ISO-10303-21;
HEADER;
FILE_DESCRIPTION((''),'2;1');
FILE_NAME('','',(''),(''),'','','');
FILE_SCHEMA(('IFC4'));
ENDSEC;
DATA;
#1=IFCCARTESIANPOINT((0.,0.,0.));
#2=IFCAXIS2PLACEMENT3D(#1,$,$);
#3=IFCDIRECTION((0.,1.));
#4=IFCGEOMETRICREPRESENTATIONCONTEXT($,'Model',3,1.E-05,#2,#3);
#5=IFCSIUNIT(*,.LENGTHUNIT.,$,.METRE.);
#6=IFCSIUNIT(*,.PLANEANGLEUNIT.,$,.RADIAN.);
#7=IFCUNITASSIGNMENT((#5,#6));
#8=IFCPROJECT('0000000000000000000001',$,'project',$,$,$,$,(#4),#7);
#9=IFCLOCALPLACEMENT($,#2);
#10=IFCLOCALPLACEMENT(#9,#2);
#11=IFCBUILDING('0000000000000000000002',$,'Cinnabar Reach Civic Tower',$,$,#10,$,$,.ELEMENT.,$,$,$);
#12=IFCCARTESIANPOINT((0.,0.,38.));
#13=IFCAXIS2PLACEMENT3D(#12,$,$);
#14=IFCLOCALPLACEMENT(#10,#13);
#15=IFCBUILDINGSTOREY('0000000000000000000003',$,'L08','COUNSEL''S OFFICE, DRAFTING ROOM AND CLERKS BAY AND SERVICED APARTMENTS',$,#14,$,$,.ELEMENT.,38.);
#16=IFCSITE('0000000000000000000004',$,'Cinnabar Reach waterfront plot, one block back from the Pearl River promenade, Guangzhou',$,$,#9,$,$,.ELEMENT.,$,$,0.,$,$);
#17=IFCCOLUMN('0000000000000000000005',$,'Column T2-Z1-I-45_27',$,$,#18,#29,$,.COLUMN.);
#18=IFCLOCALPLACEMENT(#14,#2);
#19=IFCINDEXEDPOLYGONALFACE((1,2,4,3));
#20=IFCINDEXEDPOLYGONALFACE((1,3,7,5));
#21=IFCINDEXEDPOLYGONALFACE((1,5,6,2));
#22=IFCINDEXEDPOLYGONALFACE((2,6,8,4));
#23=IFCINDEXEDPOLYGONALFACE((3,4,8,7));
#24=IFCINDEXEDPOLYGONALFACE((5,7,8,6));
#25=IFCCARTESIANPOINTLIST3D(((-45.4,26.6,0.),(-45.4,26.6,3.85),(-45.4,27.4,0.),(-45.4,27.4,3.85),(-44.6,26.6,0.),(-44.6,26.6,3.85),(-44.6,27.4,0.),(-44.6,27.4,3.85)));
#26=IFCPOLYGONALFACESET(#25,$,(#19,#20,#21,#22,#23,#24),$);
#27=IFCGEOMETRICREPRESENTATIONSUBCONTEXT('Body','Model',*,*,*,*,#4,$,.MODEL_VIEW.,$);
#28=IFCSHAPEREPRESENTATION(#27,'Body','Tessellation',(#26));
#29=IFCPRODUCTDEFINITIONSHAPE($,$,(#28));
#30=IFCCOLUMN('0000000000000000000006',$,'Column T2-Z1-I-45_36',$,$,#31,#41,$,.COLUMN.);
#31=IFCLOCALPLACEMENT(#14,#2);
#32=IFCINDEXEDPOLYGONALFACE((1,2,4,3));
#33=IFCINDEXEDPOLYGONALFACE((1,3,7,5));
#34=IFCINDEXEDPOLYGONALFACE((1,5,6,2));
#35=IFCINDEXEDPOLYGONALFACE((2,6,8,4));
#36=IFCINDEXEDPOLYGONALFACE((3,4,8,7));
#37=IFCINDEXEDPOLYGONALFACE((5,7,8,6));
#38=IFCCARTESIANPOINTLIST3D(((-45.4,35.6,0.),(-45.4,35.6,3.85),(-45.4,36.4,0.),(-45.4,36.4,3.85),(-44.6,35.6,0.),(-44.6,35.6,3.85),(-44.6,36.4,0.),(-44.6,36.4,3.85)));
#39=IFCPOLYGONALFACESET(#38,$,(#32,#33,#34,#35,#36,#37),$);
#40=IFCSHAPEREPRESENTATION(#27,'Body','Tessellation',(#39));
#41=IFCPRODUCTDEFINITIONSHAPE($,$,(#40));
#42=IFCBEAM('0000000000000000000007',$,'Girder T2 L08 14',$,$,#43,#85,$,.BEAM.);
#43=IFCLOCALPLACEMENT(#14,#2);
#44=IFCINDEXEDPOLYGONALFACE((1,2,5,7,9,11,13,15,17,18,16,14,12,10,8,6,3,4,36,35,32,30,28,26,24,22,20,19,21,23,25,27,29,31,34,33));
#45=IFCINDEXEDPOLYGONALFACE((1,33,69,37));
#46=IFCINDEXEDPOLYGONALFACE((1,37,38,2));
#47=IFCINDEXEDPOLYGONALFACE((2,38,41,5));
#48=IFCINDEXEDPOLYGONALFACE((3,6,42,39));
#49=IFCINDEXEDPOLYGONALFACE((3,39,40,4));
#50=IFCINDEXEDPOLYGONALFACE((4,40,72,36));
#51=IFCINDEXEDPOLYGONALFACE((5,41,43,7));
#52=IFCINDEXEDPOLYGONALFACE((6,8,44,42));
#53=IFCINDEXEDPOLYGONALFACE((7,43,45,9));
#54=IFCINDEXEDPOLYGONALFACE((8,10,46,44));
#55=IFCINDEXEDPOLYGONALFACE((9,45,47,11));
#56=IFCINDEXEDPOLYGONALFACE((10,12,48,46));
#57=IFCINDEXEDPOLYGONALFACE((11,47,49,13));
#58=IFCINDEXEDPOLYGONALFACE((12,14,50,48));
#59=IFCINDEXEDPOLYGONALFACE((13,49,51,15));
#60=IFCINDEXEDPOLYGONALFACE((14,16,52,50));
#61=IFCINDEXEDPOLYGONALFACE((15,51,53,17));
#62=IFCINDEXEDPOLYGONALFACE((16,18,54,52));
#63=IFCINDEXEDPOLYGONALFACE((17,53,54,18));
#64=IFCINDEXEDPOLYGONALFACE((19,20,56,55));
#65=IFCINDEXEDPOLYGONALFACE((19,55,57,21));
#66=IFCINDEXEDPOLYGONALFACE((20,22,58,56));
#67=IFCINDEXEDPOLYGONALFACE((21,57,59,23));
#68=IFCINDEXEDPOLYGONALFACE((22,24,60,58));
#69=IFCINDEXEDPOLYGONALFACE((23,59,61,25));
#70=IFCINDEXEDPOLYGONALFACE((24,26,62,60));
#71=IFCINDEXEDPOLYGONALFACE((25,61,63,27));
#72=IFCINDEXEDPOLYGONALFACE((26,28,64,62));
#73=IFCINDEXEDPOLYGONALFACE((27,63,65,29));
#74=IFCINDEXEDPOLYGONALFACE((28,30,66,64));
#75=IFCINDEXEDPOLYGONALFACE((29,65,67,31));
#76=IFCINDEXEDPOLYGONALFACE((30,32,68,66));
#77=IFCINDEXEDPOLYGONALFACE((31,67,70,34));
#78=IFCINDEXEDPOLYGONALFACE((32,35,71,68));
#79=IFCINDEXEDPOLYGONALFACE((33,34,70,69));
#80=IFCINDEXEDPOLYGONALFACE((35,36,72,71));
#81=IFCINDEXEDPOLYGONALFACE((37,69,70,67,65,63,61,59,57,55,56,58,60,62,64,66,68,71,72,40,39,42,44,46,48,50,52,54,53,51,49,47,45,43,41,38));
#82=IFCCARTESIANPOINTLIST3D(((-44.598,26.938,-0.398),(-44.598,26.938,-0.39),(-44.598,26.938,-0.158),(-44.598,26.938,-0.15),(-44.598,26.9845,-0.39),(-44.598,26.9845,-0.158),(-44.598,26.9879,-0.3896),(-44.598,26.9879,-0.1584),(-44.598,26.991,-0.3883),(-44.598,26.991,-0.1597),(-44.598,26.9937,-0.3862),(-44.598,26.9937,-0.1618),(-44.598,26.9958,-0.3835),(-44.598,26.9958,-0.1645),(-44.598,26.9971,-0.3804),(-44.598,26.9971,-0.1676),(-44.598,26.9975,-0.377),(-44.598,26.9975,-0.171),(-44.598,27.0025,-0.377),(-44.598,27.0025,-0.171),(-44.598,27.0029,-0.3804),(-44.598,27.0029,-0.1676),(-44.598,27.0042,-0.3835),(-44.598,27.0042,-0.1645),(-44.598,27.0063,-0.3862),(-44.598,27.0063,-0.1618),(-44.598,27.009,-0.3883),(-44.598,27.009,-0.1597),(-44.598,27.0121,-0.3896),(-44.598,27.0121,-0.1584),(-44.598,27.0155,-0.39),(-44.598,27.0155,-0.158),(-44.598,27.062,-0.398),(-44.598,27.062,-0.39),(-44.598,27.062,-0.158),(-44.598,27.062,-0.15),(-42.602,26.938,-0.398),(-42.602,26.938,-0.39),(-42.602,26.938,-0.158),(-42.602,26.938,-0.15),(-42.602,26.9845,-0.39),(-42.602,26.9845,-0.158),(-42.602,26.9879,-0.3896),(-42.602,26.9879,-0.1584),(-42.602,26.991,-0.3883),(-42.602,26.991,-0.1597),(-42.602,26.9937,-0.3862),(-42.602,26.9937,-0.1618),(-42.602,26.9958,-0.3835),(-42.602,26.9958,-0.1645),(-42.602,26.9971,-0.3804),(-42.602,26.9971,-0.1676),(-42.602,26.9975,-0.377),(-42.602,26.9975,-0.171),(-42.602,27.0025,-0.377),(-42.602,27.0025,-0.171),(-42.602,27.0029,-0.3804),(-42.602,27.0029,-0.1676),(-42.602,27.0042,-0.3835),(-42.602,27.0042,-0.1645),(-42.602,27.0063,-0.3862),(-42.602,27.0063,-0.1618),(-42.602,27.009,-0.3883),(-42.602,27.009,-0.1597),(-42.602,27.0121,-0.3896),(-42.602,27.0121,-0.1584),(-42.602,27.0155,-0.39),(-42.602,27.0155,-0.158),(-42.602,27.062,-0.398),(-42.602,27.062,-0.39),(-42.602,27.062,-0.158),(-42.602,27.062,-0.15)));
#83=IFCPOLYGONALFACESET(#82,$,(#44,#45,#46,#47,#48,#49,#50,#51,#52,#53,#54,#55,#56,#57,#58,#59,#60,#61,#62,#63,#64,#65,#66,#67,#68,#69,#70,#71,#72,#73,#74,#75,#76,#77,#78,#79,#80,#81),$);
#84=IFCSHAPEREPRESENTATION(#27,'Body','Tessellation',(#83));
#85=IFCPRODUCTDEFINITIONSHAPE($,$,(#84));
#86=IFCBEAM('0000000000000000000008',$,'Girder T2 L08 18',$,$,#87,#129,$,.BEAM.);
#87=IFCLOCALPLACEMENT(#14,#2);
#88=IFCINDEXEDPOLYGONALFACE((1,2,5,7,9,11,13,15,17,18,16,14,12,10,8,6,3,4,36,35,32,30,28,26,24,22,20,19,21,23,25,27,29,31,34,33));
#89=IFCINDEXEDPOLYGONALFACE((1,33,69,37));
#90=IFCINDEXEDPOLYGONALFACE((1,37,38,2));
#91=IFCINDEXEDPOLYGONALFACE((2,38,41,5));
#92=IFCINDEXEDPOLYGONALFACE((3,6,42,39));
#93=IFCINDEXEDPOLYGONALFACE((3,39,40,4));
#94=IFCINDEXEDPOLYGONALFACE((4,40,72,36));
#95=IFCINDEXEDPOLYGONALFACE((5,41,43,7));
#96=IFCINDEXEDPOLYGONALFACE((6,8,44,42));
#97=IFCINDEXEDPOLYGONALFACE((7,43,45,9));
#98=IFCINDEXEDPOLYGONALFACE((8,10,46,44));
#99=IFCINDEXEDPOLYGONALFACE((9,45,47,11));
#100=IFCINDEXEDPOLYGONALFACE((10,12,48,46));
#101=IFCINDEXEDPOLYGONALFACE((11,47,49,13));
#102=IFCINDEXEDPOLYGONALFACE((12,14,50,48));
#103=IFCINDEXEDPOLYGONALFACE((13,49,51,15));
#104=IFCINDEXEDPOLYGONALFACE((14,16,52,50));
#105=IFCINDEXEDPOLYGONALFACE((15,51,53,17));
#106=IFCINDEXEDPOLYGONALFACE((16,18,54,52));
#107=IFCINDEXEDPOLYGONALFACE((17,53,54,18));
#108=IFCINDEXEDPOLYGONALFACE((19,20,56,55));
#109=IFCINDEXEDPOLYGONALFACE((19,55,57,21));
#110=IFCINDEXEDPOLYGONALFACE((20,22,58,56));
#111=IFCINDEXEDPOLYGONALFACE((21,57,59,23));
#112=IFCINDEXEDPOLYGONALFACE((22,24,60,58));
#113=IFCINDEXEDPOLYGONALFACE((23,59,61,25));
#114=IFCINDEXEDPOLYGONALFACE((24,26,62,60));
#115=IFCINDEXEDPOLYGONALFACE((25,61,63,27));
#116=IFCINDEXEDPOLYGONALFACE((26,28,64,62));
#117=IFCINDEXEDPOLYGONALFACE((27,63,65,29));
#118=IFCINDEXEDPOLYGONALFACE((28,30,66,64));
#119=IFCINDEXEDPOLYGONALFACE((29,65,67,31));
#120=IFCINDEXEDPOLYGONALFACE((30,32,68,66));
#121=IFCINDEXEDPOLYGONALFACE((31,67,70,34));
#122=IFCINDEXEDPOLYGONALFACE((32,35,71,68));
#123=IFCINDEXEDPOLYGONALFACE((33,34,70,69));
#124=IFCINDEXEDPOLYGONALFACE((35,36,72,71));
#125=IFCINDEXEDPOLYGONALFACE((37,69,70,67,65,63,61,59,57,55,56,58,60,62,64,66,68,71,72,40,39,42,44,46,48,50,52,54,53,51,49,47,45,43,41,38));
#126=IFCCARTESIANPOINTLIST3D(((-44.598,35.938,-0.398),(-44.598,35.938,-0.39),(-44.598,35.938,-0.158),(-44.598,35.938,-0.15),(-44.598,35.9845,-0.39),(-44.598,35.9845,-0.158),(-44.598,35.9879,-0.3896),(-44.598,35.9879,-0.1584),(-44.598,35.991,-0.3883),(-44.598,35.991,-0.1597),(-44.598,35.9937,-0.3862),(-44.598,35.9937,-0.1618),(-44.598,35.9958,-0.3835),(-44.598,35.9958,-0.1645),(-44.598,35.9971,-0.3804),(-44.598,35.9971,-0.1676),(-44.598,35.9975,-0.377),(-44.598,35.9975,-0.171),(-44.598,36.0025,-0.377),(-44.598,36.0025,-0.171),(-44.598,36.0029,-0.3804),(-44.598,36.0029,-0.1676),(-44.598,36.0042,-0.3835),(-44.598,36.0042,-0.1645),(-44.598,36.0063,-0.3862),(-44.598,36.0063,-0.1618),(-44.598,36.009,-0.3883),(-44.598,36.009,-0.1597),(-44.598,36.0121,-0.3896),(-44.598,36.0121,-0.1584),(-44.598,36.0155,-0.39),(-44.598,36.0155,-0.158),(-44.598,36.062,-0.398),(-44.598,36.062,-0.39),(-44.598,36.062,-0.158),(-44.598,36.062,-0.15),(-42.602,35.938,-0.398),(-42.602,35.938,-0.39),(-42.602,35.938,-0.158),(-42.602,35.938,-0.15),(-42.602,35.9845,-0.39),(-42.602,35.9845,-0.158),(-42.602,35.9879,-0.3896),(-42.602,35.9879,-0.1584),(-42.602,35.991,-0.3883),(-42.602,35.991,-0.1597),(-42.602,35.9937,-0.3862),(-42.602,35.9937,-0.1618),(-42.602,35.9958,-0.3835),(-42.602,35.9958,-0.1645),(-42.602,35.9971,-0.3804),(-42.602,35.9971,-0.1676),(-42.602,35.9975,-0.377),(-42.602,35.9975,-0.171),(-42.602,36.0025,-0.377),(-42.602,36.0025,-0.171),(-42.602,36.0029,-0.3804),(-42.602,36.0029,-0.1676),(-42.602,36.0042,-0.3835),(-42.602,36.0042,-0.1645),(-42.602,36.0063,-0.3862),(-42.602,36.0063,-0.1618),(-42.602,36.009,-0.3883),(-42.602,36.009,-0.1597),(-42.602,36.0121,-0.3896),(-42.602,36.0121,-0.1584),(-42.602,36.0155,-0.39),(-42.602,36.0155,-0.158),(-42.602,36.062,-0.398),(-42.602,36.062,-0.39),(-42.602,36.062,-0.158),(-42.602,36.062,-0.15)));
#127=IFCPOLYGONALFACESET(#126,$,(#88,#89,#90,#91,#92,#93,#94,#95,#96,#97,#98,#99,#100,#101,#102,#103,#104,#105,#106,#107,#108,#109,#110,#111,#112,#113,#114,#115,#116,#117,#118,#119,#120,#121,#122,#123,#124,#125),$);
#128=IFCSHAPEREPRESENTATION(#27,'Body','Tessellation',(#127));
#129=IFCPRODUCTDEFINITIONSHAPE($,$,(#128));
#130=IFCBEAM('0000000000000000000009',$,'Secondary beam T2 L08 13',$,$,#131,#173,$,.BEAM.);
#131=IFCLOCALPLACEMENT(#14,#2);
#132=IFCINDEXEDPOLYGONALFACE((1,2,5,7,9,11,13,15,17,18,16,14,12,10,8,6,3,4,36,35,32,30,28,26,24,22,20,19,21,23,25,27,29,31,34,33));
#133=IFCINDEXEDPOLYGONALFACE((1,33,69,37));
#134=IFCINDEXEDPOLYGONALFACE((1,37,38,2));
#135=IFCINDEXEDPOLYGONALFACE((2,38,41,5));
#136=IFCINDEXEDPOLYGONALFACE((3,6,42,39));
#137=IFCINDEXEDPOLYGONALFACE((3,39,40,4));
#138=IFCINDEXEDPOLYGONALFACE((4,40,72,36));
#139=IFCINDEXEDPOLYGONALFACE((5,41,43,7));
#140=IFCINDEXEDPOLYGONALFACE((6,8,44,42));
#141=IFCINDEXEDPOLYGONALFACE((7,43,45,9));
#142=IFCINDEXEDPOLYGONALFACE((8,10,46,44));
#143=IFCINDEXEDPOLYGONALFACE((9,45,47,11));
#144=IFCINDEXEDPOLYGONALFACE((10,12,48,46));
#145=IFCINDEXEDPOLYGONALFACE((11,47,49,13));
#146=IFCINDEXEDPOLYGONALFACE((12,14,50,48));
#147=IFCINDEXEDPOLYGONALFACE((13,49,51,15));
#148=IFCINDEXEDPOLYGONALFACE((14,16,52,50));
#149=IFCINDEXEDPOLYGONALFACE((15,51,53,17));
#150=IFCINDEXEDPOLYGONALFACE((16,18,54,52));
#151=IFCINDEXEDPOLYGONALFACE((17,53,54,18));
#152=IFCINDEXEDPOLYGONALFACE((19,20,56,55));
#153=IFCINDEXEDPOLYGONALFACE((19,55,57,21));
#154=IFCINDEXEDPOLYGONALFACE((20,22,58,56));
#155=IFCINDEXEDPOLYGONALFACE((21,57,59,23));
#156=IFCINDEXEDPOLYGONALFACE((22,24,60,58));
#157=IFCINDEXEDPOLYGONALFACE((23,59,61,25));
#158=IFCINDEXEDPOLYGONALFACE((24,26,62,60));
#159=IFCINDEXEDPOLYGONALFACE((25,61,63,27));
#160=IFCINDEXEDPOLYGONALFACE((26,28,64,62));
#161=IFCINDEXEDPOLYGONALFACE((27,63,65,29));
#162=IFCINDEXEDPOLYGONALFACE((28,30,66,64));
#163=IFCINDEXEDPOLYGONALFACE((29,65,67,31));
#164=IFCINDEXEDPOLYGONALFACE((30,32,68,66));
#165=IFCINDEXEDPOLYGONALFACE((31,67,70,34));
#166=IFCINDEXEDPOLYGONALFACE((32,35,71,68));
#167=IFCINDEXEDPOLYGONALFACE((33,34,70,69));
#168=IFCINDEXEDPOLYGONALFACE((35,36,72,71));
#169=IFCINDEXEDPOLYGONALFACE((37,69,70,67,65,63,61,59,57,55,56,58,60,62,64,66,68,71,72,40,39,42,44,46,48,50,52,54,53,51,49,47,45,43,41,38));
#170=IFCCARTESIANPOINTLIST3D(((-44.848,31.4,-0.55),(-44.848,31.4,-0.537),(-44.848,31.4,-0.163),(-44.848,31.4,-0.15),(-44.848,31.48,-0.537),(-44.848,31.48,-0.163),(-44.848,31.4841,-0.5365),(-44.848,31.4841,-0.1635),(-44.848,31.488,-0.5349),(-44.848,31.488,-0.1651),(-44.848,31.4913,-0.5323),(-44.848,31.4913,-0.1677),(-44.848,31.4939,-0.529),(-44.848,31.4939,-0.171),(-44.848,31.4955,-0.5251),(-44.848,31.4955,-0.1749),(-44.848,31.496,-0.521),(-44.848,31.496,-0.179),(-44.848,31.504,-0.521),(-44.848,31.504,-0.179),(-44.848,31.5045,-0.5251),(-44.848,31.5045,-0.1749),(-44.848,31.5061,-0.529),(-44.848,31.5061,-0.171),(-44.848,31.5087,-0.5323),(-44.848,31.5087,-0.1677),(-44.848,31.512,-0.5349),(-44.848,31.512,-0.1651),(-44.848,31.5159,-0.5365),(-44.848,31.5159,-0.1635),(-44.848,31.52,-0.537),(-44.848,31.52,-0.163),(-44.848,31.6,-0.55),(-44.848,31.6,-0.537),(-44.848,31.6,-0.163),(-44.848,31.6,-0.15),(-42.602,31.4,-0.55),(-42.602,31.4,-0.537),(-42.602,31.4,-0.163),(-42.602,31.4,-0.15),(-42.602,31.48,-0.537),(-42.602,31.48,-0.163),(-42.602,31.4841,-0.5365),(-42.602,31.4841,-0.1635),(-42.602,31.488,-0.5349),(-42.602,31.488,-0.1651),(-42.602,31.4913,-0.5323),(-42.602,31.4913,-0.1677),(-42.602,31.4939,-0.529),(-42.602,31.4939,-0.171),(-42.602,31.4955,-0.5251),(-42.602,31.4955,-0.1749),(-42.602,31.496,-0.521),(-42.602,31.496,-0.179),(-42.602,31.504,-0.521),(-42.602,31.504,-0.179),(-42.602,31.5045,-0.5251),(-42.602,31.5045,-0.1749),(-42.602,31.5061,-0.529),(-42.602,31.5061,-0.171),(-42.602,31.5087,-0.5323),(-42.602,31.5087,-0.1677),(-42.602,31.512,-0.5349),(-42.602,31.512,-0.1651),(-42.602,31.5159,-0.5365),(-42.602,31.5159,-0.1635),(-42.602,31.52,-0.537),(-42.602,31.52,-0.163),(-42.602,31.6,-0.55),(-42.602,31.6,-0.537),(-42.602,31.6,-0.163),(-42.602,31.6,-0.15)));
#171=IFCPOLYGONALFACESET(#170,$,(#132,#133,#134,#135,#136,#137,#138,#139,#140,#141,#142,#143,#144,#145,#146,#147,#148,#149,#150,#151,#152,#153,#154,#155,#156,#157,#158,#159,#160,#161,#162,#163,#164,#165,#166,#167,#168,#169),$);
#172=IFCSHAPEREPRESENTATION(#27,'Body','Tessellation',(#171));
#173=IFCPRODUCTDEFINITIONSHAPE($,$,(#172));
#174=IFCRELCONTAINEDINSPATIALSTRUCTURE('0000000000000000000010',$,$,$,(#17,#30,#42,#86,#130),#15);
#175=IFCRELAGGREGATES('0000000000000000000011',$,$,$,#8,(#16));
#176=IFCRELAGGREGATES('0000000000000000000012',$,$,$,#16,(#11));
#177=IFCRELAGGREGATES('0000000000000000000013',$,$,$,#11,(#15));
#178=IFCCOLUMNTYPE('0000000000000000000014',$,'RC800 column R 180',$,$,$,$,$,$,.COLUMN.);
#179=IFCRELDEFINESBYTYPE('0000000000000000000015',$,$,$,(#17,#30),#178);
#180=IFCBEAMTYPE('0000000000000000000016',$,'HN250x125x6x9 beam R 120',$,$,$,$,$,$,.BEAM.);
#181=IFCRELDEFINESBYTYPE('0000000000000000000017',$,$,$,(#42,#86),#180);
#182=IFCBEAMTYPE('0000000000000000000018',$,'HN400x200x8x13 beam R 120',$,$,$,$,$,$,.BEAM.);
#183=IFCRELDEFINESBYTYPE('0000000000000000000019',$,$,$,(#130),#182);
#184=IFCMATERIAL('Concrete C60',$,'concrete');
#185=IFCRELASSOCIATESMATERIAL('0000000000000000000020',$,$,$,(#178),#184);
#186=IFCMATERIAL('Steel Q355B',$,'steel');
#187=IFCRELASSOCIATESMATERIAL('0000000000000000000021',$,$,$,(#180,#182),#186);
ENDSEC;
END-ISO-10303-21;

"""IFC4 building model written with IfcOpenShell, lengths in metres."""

from ifc_helpers import new_model, si_unit, direction, frame, origin, origin_2d, place, context, subcontext, project, spatial, rectangle, i_section, extrude, material, material_profile, profile_set, type_object, element, save


model = new_model("IFC4")

# Units and contexts
model_context = context("Model", 3, precision=1e-05, world=origin(), true_north=direction((0.0, 1.0)))
body_context = subcontext(model_context, "Body", "Model", "MODEL_VIEW")
ifc_project = project(units=[si_unit("LENGTHUNIT", "METRE"), si_unit("PLANEANGLEUNIT", "RADIAN")], contexts=[model_context])

# Site, building, storey
site_placement = place(None, origin())
site = spatial("IfcSite", under=ifc_project, at=site_placement, Name="Cinnabar Reach waterfront plot, one block back from the Pearl River promenade, Guangzhou", CompositionType="ELEMENT", RefElevation=0.0)
building_placement = place(site_placement, origin())
building = spatial("IfcBuilding", under=site, at=building_placement, Name="Cinnabar Reach Civic Tower", CompositionType="ELEMENT")
storey_placement = place(building_placement, frame((0.0, 0.0, 38.0)))
storey = spatial("IfcBuildingStorey", under=building, at=storey_placement, Name="L08", Description="COUNSEL'S OFFICE, DRAFTING ROOM AND CLERKS BAY AND SERVICED APARTMENTS", CompositionType="ELEMENT", Elevation=38.0)

# Columns
ifc_material_1 = material(Name="Concrete C60", Category="concrete")
ifc_material_profile_1 = material_profile(ifc_material_1, rectangle(XDim=0.8, YDim=0.8, at=origin_2d()), Name="RC800")
ifc_profile_set_1 = profile_set([ifc_material_profile_1], Name="Concrete C60")
column_type = type_object("IfcColumnType", Name="RC800 column R 180", PredefinedType="COLUMN", material=ifc_profile_set_1)
for number, where, z_axis, x_axis, name in (
    (1, (-45.0, 27.0, 0.0), (0.0, 0.0, 1.0), (1.0, 0.0, 0.0), "Column T2-Z1-I-45_27"),
    (2, (-45.0, 36.0, 0.0), (0.0, 0.0, 1.0), (1.0, 0.0, 0.0), "Column T2-Z1-I-45_36"),
):
    element("IfcColumn", number, at=place(storey_placement, frame(where, z_axis=z_axis, x_axis=x_axis)), inside=storey, type_object=column_type, Name=name, PredefinedType="COLUMN", context=body_context, shape_type="SweptSolid", body=[
        extrude(rectangle(XDim=0.8, YDim=0.8, at=origin_2d()), origin(), (0.0, 0.0, 1.0), 3.85),
    ])

# Beams
ifc_material_2 = material(Name="Steel Q355B", Category="steel")
ifc_material_profile_2 = material_profile(ifc_material_2, i_section(OverallWidth=0.124, OverallDepth=0.248, WebThickness=0.005, FlangeThickness=0.008, FilletRadius=0.013, at=origin_2d()), Name="HN250x125x6x9")
ifc_profile_set_2 = profile_set([ifc_material_profile_2], Name="Steel Q355B")
beam_type_1 = type_object("IfcBeamType", Name="HN250x125x6x9 beam R 120", PredefinedType="BEAM", material=ifc_profile_set_2)
for number, where, z_axis, x_axis, name in (
    (3, (-44.598, 27.0, -0.274), (1.0, 0.0, 0.0), (0.0, 1.0, 0.0), "Girder T2 L08 14"),
    (4, (-44.598, 36.0, -0.274), (1.0, 0.0, 0.0), (0.0, 1.0, 0.0), "Girder T2 L08 18"),
):
    element("IfcBeam", number, at=place(storey_placement, frame(where, z_axis=z_axis, x_axis=x_axis)), inside=storey, type_object=beam_type_1, Name=name, PredefinedType="BEAM", context=body_context, shape_type="SweptSolid", body=[
        extrude(i_section(OverallWidth=0.124, OverallDepth=0.248, WebThickness=0.005, FlangeThickness=0.008, FilletRadius=0.013, at=origin_2d()), origin(), (0.0, 0.0, 1.0), 1.996),
    ])
ifc_material_profile_3 = material_profile(ifc_material_2, i_section(OverallWidth=0.2, OverallDepth=0.4, WebThickness=0.008, FlangeThickness=0.013, FilletRadius=0.016, at=origin_2d()), Name="HN400x200x8x13")
ifc_profile_set_3 = profile_set([ifc_material_profile_3], Name="Steel Q355B")
beam_type_2 = type_object("IfcBeamType", Name="HN400x200x8x13 beam R 120", PredefinedType="BEAM", material=ifc_profile_set_3)
beam_1_placement = place(storey_placement, frame((-44.848, 31.5, -0.35), z_axis=(1.0, 0.0, 0.0), x_axis=(0.0, 1.0, 0.0)))
element("IfcBeam", 5, at=beam_1_placement, inside=storey, type_object=beam_type_2, Name="Secondary beam T2 L08 13", PredefinedType="BEAM", context=body_context, shape_type="SweptSolid", body=[
    extrude(i_section(OverallWidth=0.2, OverallDepth=0.4, WebThickness=0.008, FlangeThickness=0.013, FilletRadius=0.016, at=origin_2d()), origin(), (0.0, 0.0, 1.0), 2.246),
])

save(model, "model.ifc")
